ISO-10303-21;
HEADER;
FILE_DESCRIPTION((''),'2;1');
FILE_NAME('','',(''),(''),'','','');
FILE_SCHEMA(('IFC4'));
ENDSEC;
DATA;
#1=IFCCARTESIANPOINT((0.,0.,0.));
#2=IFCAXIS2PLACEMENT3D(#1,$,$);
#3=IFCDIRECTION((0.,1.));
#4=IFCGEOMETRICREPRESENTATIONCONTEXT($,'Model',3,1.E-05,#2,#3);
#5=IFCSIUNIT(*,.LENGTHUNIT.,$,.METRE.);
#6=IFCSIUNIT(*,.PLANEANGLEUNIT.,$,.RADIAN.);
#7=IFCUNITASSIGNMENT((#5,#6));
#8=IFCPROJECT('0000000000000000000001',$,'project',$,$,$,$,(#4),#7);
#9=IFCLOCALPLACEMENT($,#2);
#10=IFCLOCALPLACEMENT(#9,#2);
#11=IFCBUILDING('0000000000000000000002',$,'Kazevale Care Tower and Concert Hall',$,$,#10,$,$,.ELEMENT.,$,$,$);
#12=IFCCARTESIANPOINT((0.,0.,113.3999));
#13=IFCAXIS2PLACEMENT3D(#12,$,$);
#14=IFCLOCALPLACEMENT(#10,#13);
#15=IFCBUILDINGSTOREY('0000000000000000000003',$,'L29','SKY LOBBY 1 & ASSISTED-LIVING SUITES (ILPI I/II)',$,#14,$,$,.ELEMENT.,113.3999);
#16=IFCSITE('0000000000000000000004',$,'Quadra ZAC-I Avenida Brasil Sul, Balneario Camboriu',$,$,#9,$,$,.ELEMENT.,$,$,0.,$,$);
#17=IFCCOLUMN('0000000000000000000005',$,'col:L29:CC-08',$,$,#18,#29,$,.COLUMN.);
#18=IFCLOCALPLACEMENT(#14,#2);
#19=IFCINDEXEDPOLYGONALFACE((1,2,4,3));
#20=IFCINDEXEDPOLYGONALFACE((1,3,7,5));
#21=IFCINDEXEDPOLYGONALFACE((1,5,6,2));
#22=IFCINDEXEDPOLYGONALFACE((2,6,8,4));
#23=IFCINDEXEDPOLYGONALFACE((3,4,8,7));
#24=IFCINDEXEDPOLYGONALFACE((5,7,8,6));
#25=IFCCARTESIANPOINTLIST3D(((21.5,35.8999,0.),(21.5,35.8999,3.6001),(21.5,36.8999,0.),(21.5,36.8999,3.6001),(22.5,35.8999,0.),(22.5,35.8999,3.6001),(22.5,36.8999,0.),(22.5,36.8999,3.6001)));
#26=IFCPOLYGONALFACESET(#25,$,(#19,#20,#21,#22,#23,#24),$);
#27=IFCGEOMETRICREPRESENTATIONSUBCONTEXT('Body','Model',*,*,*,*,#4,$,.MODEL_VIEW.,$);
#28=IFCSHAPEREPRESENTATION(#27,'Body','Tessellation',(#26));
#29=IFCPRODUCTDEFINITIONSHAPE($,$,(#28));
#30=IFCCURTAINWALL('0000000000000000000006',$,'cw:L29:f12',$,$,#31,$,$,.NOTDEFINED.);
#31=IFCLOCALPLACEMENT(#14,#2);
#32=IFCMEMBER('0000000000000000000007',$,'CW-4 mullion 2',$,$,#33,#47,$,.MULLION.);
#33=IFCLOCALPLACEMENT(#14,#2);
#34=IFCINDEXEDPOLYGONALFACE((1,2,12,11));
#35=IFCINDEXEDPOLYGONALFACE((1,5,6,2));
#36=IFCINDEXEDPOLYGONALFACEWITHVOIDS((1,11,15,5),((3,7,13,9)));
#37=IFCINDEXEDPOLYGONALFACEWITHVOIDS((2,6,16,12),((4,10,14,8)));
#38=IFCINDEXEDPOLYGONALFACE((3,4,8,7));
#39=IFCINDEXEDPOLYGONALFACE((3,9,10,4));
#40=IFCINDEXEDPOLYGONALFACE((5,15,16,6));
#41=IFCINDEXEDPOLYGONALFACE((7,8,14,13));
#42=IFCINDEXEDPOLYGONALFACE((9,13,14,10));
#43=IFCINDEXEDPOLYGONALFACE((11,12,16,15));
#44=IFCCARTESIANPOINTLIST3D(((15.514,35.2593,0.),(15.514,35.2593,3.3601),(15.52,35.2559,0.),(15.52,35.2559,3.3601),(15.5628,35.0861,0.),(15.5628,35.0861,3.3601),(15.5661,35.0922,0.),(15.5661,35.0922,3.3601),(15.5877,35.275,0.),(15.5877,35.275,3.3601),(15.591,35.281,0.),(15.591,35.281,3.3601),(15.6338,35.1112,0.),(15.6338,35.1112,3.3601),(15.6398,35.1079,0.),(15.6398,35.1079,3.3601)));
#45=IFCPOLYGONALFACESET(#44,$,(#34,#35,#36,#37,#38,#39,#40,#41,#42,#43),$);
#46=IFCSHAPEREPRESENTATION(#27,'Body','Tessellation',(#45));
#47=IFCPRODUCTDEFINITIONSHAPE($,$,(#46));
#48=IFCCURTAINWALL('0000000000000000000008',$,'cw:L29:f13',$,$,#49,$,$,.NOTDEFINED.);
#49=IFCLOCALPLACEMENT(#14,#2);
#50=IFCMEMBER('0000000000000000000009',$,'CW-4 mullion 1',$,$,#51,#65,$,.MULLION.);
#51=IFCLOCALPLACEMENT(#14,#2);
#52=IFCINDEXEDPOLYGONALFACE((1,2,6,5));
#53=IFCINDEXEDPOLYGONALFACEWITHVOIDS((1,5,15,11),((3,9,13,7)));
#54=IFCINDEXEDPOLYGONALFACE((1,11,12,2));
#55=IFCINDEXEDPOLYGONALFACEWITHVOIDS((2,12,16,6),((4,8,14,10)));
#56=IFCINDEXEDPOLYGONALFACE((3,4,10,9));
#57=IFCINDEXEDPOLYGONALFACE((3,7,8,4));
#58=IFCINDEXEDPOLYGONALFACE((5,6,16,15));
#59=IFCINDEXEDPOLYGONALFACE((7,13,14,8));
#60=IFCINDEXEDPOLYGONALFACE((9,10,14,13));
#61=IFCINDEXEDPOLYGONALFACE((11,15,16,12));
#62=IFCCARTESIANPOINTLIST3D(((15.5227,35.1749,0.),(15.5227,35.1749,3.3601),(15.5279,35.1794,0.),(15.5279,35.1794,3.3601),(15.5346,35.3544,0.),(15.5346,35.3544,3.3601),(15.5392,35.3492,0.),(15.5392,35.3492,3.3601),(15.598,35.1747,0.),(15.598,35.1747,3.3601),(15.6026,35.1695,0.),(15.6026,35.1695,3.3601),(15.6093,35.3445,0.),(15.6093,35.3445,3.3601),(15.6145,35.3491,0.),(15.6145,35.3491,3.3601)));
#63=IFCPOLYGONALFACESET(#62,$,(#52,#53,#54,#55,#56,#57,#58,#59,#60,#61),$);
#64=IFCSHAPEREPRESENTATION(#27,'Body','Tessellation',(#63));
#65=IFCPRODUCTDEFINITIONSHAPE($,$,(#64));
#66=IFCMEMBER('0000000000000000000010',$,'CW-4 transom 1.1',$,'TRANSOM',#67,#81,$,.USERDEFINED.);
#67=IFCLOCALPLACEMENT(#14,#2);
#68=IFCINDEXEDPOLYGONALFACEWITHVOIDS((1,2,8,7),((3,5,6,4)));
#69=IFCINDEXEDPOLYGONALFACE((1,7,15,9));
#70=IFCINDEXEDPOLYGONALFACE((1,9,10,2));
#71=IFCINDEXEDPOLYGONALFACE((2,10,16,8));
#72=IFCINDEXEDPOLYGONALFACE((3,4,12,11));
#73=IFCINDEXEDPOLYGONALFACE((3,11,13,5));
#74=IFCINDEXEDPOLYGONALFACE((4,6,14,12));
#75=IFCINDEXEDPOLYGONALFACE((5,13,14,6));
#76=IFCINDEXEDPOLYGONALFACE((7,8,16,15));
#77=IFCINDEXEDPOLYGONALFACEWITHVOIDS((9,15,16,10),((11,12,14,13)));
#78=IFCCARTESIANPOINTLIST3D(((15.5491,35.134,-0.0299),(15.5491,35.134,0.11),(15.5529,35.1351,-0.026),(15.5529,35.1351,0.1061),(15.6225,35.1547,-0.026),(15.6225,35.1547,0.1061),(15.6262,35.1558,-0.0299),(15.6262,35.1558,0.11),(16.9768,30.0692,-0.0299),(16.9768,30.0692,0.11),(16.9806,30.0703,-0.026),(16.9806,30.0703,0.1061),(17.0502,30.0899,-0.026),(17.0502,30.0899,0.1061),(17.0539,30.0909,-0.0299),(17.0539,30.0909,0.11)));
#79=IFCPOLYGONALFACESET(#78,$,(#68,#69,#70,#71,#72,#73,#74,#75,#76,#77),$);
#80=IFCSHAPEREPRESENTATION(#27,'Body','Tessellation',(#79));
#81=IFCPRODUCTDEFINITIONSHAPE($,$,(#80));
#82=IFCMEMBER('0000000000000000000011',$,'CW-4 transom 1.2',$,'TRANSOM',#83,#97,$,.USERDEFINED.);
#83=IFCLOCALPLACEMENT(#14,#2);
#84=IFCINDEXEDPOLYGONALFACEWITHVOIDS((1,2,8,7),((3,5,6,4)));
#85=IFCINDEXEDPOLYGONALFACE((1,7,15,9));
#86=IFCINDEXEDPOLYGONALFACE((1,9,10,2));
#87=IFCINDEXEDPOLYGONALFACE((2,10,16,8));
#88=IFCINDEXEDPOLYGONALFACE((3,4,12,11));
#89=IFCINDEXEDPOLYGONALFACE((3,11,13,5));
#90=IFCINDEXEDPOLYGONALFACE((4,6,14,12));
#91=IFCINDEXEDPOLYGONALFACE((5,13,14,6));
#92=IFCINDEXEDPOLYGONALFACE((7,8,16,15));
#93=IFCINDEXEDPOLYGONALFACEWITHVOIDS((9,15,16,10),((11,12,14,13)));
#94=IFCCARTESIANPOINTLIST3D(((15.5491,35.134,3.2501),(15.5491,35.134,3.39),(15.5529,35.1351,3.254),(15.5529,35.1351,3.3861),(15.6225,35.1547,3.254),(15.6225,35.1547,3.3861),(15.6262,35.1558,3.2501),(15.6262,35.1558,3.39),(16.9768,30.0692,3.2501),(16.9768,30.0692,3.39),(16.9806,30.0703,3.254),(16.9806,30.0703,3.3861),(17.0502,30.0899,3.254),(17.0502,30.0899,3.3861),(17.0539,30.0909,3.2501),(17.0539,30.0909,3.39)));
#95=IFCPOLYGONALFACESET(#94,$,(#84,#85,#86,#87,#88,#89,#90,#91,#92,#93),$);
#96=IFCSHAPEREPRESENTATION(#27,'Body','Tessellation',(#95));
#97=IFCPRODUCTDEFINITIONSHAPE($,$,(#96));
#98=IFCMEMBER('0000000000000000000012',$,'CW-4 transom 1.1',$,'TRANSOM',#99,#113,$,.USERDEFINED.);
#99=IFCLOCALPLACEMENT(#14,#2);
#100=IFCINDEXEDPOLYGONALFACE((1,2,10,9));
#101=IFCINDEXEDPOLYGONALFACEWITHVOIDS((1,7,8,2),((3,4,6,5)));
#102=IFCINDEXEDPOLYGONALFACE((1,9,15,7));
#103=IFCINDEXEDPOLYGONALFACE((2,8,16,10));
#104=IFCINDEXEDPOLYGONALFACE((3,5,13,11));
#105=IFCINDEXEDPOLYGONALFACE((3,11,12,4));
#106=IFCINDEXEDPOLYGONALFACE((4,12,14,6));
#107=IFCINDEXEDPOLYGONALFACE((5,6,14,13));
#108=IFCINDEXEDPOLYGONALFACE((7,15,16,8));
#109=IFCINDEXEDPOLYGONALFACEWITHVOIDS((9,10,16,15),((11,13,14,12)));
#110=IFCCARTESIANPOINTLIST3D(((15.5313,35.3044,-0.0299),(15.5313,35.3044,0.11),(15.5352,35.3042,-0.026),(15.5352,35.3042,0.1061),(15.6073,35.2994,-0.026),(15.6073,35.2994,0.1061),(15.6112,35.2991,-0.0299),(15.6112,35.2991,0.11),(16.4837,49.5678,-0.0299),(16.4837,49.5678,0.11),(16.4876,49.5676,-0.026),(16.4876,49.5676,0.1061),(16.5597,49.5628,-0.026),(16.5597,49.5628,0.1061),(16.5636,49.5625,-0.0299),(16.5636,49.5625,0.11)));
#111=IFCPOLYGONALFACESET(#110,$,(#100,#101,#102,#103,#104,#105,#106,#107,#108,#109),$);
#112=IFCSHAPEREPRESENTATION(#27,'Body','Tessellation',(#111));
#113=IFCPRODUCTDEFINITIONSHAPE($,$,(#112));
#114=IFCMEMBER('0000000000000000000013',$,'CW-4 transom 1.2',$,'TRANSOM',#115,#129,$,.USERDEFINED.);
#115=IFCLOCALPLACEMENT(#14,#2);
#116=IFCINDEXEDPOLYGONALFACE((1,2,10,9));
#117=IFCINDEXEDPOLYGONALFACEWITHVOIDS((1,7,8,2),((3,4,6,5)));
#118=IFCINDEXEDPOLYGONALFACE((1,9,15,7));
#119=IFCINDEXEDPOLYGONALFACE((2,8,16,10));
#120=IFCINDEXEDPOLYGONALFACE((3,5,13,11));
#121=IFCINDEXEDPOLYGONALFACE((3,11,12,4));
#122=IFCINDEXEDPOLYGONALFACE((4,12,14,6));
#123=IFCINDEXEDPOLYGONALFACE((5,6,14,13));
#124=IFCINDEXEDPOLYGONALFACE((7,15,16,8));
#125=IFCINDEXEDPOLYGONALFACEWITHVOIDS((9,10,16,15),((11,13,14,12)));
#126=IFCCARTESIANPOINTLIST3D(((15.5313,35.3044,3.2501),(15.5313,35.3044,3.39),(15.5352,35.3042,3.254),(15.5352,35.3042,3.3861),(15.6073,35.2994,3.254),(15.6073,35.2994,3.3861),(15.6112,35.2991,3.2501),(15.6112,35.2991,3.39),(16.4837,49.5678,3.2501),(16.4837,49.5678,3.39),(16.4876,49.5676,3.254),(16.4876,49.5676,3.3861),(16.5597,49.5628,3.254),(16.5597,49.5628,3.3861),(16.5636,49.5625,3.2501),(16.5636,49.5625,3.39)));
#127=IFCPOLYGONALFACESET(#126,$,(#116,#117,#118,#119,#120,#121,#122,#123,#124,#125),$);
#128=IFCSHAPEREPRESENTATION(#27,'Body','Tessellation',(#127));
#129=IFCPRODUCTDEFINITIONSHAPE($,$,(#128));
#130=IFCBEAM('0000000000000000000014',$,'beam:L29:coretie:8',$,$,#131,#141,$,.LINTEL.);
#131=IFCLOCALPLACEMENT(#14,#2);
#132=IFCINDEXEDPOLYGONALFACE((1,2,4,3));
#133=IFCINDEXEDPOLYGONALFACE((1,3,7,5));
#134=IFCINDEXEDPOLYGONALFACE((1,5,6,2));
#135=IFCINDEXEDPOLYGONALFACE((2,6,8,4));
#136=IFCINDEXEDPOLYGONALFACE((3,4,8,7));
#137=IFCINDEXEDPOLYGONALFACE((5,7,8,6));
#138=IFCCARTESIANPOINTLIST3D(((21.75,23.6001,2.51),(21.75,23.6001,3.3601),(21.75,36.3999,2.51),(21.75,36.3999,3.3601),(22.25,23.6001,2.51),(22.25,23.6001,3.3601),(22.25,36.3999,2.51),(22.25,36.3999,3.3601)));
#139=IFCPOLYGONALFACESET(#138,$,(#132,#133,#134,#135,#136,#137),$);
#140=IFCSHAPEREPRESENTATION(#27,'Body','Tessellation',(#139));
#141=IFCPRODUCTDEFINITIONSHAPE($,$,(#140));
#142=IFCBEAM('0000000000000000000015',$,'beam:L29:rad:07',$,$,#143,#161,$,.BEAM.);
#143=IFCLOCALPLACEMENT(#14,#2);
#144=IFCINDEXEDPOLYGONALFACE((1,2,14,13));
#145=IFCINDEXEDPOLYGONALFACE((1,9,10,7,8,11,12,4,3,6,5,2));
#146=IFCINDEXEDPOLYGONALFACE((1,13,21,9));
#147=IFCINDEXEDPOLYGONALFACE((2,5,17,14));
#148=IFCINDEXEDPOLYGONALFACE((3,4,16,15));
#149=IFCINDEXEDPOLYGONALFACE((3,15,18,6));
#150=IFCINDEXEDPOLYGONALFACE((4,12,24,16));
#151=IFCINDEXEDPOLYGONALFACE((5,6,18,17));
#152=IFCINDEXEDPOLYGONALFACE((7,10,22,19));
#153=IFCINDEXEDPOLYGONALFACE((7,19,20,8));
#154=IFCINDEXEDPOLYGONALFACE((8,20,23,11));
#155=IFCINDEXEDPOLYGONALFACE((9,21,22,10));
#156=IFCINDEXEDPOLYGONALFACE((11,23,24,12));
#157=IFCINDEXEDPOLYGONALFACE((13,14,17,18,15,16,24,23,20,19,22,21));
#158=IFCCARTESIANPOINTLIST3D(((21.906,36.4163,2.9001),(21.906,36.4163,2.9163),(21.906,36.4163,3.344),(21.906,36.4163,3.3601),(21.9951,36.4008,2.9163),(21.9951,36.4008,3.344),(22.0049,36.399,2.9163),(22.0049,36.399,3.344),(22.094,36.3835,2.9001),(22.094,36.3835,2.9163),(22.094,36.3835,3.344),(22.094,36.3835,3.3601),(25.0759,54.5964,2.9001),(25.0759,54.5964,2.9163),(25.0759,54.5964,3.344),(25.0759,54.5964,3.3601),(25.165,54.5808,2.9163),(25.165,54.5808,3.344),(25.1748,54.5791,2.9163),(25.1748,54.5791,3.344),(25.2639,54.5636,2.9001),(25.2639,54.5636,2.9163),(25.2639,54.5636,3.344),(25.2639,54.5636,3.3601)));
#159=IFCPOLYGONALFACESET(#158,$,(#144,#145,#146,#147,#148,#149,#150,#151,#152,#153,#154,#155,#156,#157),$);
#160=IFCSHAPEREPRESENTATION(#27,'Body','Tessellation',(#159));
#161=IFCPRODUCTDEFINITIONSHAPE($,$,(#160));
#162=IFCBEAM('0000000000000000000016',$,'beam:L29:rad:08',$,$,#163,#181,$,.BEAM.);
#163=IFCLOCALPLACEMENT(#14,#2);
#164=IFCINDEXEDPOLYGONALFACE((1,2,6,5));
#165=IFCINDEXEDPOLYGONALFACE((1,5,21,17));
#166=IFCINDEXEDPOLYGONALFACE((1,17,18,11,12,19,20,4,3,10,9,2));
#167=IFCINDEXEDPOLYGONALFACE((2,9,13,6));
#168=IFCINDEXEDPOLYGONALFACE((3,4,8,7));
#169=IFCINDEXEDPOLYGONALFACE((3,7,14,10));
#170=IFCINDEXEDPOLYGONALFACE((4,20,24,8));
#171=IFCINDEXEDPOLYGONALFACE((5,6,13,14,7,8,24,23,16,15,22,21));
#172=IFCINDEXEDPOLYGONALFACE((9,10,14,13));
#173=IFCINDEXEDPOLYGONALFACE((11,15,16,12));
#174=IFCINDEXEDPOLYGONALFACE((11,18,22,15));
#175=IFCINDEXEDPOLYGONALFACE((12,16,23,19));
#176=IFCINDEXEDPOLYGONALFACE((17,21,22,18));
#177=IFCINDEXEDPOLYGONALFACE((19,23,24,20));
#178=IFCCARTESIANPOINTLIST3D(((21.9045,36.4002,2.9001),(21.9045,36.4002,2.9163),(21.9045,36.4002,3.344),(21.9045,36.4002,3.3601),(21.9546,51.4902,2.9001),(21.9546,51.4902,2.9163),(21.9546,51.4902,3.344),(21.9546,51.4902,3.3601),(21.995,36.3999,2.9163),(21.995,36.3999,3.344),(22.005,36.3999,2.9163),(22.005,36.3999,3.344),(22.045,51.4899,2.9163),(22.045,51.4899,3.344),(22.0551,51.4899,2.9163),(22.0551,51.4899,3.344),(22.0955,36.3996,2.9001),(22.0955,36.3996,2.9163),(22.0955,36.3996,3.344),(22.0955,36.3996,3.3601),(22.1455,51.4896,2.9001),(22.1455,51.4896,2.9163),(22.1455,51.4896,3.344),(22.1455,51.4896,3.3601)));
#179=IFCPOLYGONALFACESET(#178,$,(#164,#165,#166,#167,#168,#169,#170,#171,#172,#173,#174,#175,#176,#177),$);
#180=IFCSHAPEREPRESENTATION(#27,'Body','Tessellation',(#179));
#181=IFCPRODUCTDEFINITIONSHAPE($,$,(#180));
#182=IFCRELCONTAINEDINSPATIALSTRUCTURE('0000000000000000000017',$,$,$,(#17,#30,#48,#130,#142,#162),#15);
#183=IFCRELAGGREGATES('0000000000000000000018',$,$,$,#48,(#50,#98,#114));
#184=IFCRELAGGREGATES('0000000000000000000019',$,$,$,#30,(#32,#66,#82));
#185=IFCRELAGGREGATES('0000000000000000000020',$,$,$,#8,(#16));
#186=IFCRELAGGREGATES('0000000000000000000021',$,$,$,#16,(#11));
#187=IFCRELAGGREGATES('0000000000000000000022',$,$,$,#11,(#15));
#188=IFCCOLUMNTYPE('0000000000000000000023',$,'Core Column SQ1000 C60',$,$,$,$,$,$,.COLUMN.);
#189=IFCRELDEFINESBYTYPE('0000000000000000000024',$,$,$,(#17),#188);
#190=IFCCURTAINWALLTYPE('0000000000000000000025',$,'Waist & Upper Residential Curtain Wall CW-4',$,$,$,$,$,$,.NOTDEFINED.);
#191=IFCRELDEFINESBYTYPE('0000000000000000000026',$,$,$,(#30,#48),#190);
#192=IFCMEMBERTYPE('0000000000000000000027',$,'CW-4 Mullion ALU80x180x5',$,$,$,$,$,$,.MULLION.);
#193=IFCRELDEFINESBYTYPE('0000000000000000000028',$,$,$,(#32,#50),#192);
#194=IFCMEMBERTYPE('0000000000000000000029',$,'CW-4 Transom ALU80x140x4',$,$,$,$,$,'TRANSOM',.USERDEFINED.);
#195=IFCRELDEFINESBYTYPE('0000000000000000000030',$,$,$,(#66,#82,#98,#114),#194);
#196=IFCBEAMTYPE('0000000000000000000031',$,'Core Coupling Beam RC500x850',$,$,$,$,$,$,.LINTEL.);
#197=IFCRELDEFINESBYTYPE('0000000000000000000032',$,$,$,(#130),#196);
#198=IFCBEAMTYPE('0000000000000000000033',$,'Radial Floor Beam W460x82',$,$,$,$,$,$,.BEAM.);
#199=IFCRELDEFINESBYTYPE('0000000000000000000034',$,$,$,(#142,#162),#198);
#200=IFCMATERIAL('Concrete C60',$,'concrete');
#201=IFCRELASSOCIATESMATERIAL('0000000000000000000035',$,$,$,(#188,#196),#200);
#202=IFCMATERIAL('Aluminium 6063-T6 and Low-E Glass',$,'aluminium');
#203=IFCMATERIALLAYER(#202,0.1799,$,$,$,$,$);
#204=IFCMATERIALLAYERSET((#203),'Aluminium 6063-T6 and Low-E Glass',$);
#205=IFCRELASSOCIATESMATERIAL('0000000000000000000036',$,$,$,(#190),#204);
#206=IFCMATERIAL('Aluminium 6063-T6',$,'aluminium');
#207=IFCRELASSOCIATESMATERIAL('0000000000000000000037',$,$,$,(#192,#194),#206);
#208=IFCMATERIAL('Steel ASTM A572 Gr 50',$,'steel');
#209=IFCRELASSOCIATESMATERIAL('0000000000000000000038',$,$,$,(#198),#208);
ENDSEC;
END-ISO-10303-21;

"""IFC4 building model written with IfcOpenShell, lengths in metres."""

from ifc_helpers import new_model, si_unit, direction, frame, origin, origin_2d, place, context, subcontext, project, spatial, rectangle, hollow_rectangle, i_section, extrude, material, layer, layer_set, material_profile, profile_set, type_object, element, aggregate, save


model = new_model("IFC4")

# Units and contexts
model_context = context("Model", 3, precision=1e-05, world=origin(), true_north=direction((0.0, 1.0)))
body_context = subcontext(model_context, "Body", "Model", "MODEL_VIEW")
ifc_project = project(units=[si_unit("LENGTHUNIT", "METRE"), si_unit("PLANEANGLEUNIT", "RADIAN")], contexts=[model_context])

# Site, building, storey
site_placement = place(None, origin())
site = spatial("IfcSite", under=ifc_project, at=site_placement, Name="Quadra ZAC-I Avenida Brasil Sul, Balneario Camboriu", CompositionType="ELEMENT", RefElevation=0.0)
building_placement = place(site_placement, origin())
building = spatial("IfcBuilding", under=site, at=building_placement, Name="Kazevale Care Tower and Concert Hall", CompositionType="ELEMENT")
storey_placement = place(building_placement, frame((0.0, 0.0, 113.3999)))
storey = spatial("IfcBuildingStorey", under=building, at=storey_placement, Name="L29", Description="SKY LOBBY 1 & ASSISTED-LIVING SUITES (ILPI I/II)", CompositionType="ELEMENT", Elevation=113.3999)

# Column
ifc_material_1 = material(Name="Concrete C60", Category="concrete")
ifc_material_profile_1 = material_profile(ifc_material_1, rectangle(XDim=1.0, YDim=1.0, at=origin_2d()), Name="RC-SQ1000")
ifc_profile_set_1 = profile_set([ifc_material_profile_1], Name="Concrete C60")
column_type = type_object("IfcColumnType", Name="Core Column SQ1000 C60", PredefinedType="COLUMN", material=ifc_profile_set_1)
column_placement = place(storey_placement, frame((22.0, 36.3999, 0.0), z_axis=(0.0, 0.0, 1.0), x_axis=(1.0, 0.0, 0.0)))
element("IfcColumn", 1, at=column_placement, inside=storey, type_object=column_type, Name="col:L29:CC-08", PredefinedType="COLUMN", context=body_context, shape_type="SweptSolid", body=[
    extrude(rectangle(XDim=1.0, YDim=1.0, at=origin_2d()), origin(), (0.0, 0.0, 1.0), 3.6001),
])

# Curtain walls, members
ifc_material_2 = material(Name="Aluminium 6063-T6 and Low-E Glass", Category="aluminium")
ifc_layer_1 = layer(ifc_material_2, 0.1799)
ifc_layer_set_1 = layer_set([ifc_layer_1], Name="Aluminium 6063-T6 and Low-E Glass")
curtain_wall_type = type_object("IfcCurtainWallType", Name="Waist & Upper Residential Curtain Wall CW-4", PredefinedType="NOTDEFINED", material=ifc_layer_set_1)
curtain_wall_1_placement = place(storey_placement, origin())
curtain_wall_1 = element("IfcCurtainWall", 2, at=curtain_wall_1_placement, inside=storey, type_object=curtain_wall_type, Name="cw:L29:f12", PredefinedType="NOTDEFINED")
ifc_material_3 = material(Name="Aluminium 6063-T6", Category="aluminium")
ifc_material_profile_2 = material_profile(ifc_material_3, hollow_rectangle(XDim=0.0801, YDim=0.1799, WallThickness=0.0049, at=origin_2d()), Name="ALU80x180x5")
ifc_profile_set_2 = profile_set([ifc_material_profile_2], Name="Aluminium 6063-T6")
member_type_1 = type_object("IfcMemberType", Name="CW-4 Mullion ALU80x180x5", PredefinedType="MULLION", material=ifc_profile_set_2)
member_1_placement = place(storey_placement, frame((15.5769, 35.1836, 0.0), z_axis=(0.0, 0.0, 1.0), x_axis=(-0.962499, -0.271285, 0.0)))
member_1 = element("IfcMember", 3, at=member_1_placement, type_object=member_type_1, Name="CW-4 mullion 2", PredefinedType="MULLION", context=body_context, shape_type="SweptSolid", body=[
    extrude(hollow_rectangle(XDim=0.0801, YDim=0.1799, WallThickness=0.0049, at=origin_2d()), origin(), (0.0, 0.0, 1.0), 3.3601),
])
curtain_wall_2_placement = place(storey_placement, origin())
curtain_wall_2 = element("IfcCurtainWall", 4, at=curtain_wall_2_placement, inside=storey, type_object=curtain_wall_type, Name="cw:L29:f13", PredefinedType="NOTDEFINED")
member_2_placement = place(storey_placement, frame((15.5686, 35.262, 0.0), z_axis=(0.0, 0.0, 1.0), x_axis=(-0.997778, 0.06662, 0.0)))
member_2 = element("IfcMember", 5, at=member_2_placement, type_object=member_type_1, Name="CW-4 mullion 1", PredefinedType="MULLION", context=body_context, shape_type="SweptSolid", body=[
    extrude(hollow_rectangle(XDim=0.0801, YDim=0.1799, WallThickness=0.0049, at=origin_2d()), origin(), (0.0, 0.0, 1.0), 3.3601),
])

# Members
ifc_material_profile_3 = material_profile(ifc_material_3, hollow_rectangle(XDim=0.0801, YDim=0.1399, WallThickness=0.0039, at=origin_2d()), Name="ALU80x140x4")
ifc_profile_set_3 = profile_set([ifc_material_profile_3], Name="Aluminium 6063-T6")
member_type_2 = type_object("IfcMemberType", Name="CW-4 Transom ALU80x140x4", ElementType="TRANSOM", PredefinedType="USERDEFINED", material=ifc_profile_set_3)
member_3_placement = place(storey_placement, frame((17.0154, 30.0801, 0.04), z_axis=(-0.271313, 0.962491, 0.0), x_axis=(-0.962491, -0.271313, 0.0)))
member_3 = element("IfcMember", 6, at=member_3_placement, type_object=member_type_2, Name="CW-4 transom 1.1", ObjectType="TRANSOM", PredefinedType="USERDEFINED", context=body_context, shape_type="SweptSolid", body=[
    extrude(hollow_rectangle(XDim=0.0801, YDim=0.1399, WallThickness=0.0039, at=origin_2d()), origin(), (0.0, 0.0, 1.0), 5.2622),
])
member_4_placement = place(storey_placement, frame((17.0154, 30.0801, 3.3201), z_axis=(-0.271313, 0.962491, 0.0), x_axis=(-0.962491, -0.271313, 0.0)))
member_4 = element("IfcMember", 7, at=member_4_placement, type_object=member_type_2, Name="CW-4 transom 1.2", ObjectType="TRANSOM", PredefinedType="USERDEFINED", context=body_context, shape_type="SweptSolid", body=[
    extrude(hollow_rectangle(XDim=0.0801, YDim=0.1399, WallThickness=0.0039, at=origin_2d()), origin(), (0.0, 0.0, 1.0), 5.2622),
])
member_5_placement = place(storey_placement, frame((15.5713, 35.3018, 0.04), z_axis=(0.066623, 0.997778, 0.0), x_axis=(-0.997778, 0.066623, 0.0)))
member_5 = element("IfcMember", 8, at=member_5_placement, type_object=member_type_2, Name="CW-4 transom 1.1", ObjectType="TRANSOM", PredefinedType="USERDEFINED", context=body_context, shape_type="SweptSolid", body=[
    extrude(hollow_rectangle(XDim=0.0801, YDim=0.1399, WallThickness=0.0039, at=origin_2d()), origin(), (0.0, 0.0, 1.0), 14.2952),
])
member_6_placement = place(storey_placement, frame((15.5713, 35.3018, 3.3201), z_axis=(0.066623, 0.997778, 0.0), x_axis=(-0.997778, 0.066623, 0.0)))
member_6 = element("IfcMember", 9, at=member_6_placement, type_object=member_type_2, Name="CW-4 transom 1.2", ObjectType="TRANSOM", PredefinedType="USERDEFINED", context=body_context, shape_type="SweptSolid", body=[
    extrude(hollow_rectangle(XDim=0.0801, YDim=0.1399, WallThickness=0.0039, at=origin_2d()), origin(), (0.0, 0.0, 1.0), 14.2952),
])
aggregate(curtain_wall_2, [member_2, member_5, member_6])

# Beams
ifc_material_profile_4 = material_profile(ifc_material_1, rectangle(XDim=0.5, YDim=0.8501, at=origin_2d()), Name="RC-B500x850")
ifc_profile_set_4 = profile_set([ifc_material_profile_4], Name="Concrete C60")
beam_type_1 = type_object("IfcBeamType", Name="Core Coupling Beam RC500x850", PredefinedType="LINTEL", material=ifc_profile_set_4)
beam_1_placement = place(storey_placement, frame((22.0, 36.3999, 2.9351), z_axis=(0.0, -1.0, 0.0), x_axis=(1.0, 0.0, 0.0)))
element("IfcBeam", 10, at=beam_1_placement, inside=storey, type_object=beam_type_1, Name="beam:L29:coretie:8", PredefinedType="LINTEL", context=body_context, shape_type="SweptSolid", body=[
    extrude(rectangle(XDim=0.5, YDim=0.8501, at=origin_2d()), origin(), (0.0, 0.0, 1.0), 12.7998),
])
ifc_material_4 = material(Name="Steel ASTM A572 Gr 50", Category="steel")
ifc_material_profile_5 = material_profile(ifc_material_4, i_section(OverallWidth=0.1909, OverallDepth=0.46, WebThickness=0.01, FlangeThickness=0.0161, at=origin_2d()), Name="W460x82")
ifc_profile_set_5 = profile_set([ifc_material_profile_5], Name="Steel ASTM A572 Gr 50")
beam_type_2 = type_object("IfcBeamType", Name="Radial Floor Beam W460x82", PredefinedType="BEAM", material=ifc_profile_set_5)
beam_2_placement = place(storey_placement, frame((22.0, 36.3999, 3.1301), z_axis=(0.17177, 0.985137, 0.0), x_axis=(-0.985137, 0.17177, 0.0)))
element("IfcBeam", 11, at=beam_2_placement, inside=storey, type_object=beam_type_2, Name="beam:L29:rad:07", PredefinedType="BEAM", context=body_context, shape_type="SweptSolid", body=[
    extrude(i_section(OverallWidth=0.1909, OverallDepth=0.46, WebThickness=0.01, FlangeThickness=0.0161, at=origin_2d()), origin(), (0.0, 0.0, 1.0), 18.4543),
])
beam_3_placement = place(storey_placement, frame((22.0, 36.3999, 3.1301), z_axis=(0.003317, 0.999994, 0.0), x_axis=(-0.999994, 0.003317, 0.0)))
element("IfcBeam", 12, at=beam_3_placement, inside=storey, type_object=beam_type_2, Name="beam:L29:rad:08", PredefinedType="BEAM", context=body_context, shape_type="SweptSolid", body=[
    extrude(i_section(OverallWidth=0.1909, OverallDepth=0.46, WebThickness=0.01, FlangeThickness=0.0161, at=origin_2d()), origin(), (0.0, 0.0, 1.0), 15.0901),
])

aggregate(curtain_wall_1, [member_1, member_3, member_4])

save(model, "model.ifc")
